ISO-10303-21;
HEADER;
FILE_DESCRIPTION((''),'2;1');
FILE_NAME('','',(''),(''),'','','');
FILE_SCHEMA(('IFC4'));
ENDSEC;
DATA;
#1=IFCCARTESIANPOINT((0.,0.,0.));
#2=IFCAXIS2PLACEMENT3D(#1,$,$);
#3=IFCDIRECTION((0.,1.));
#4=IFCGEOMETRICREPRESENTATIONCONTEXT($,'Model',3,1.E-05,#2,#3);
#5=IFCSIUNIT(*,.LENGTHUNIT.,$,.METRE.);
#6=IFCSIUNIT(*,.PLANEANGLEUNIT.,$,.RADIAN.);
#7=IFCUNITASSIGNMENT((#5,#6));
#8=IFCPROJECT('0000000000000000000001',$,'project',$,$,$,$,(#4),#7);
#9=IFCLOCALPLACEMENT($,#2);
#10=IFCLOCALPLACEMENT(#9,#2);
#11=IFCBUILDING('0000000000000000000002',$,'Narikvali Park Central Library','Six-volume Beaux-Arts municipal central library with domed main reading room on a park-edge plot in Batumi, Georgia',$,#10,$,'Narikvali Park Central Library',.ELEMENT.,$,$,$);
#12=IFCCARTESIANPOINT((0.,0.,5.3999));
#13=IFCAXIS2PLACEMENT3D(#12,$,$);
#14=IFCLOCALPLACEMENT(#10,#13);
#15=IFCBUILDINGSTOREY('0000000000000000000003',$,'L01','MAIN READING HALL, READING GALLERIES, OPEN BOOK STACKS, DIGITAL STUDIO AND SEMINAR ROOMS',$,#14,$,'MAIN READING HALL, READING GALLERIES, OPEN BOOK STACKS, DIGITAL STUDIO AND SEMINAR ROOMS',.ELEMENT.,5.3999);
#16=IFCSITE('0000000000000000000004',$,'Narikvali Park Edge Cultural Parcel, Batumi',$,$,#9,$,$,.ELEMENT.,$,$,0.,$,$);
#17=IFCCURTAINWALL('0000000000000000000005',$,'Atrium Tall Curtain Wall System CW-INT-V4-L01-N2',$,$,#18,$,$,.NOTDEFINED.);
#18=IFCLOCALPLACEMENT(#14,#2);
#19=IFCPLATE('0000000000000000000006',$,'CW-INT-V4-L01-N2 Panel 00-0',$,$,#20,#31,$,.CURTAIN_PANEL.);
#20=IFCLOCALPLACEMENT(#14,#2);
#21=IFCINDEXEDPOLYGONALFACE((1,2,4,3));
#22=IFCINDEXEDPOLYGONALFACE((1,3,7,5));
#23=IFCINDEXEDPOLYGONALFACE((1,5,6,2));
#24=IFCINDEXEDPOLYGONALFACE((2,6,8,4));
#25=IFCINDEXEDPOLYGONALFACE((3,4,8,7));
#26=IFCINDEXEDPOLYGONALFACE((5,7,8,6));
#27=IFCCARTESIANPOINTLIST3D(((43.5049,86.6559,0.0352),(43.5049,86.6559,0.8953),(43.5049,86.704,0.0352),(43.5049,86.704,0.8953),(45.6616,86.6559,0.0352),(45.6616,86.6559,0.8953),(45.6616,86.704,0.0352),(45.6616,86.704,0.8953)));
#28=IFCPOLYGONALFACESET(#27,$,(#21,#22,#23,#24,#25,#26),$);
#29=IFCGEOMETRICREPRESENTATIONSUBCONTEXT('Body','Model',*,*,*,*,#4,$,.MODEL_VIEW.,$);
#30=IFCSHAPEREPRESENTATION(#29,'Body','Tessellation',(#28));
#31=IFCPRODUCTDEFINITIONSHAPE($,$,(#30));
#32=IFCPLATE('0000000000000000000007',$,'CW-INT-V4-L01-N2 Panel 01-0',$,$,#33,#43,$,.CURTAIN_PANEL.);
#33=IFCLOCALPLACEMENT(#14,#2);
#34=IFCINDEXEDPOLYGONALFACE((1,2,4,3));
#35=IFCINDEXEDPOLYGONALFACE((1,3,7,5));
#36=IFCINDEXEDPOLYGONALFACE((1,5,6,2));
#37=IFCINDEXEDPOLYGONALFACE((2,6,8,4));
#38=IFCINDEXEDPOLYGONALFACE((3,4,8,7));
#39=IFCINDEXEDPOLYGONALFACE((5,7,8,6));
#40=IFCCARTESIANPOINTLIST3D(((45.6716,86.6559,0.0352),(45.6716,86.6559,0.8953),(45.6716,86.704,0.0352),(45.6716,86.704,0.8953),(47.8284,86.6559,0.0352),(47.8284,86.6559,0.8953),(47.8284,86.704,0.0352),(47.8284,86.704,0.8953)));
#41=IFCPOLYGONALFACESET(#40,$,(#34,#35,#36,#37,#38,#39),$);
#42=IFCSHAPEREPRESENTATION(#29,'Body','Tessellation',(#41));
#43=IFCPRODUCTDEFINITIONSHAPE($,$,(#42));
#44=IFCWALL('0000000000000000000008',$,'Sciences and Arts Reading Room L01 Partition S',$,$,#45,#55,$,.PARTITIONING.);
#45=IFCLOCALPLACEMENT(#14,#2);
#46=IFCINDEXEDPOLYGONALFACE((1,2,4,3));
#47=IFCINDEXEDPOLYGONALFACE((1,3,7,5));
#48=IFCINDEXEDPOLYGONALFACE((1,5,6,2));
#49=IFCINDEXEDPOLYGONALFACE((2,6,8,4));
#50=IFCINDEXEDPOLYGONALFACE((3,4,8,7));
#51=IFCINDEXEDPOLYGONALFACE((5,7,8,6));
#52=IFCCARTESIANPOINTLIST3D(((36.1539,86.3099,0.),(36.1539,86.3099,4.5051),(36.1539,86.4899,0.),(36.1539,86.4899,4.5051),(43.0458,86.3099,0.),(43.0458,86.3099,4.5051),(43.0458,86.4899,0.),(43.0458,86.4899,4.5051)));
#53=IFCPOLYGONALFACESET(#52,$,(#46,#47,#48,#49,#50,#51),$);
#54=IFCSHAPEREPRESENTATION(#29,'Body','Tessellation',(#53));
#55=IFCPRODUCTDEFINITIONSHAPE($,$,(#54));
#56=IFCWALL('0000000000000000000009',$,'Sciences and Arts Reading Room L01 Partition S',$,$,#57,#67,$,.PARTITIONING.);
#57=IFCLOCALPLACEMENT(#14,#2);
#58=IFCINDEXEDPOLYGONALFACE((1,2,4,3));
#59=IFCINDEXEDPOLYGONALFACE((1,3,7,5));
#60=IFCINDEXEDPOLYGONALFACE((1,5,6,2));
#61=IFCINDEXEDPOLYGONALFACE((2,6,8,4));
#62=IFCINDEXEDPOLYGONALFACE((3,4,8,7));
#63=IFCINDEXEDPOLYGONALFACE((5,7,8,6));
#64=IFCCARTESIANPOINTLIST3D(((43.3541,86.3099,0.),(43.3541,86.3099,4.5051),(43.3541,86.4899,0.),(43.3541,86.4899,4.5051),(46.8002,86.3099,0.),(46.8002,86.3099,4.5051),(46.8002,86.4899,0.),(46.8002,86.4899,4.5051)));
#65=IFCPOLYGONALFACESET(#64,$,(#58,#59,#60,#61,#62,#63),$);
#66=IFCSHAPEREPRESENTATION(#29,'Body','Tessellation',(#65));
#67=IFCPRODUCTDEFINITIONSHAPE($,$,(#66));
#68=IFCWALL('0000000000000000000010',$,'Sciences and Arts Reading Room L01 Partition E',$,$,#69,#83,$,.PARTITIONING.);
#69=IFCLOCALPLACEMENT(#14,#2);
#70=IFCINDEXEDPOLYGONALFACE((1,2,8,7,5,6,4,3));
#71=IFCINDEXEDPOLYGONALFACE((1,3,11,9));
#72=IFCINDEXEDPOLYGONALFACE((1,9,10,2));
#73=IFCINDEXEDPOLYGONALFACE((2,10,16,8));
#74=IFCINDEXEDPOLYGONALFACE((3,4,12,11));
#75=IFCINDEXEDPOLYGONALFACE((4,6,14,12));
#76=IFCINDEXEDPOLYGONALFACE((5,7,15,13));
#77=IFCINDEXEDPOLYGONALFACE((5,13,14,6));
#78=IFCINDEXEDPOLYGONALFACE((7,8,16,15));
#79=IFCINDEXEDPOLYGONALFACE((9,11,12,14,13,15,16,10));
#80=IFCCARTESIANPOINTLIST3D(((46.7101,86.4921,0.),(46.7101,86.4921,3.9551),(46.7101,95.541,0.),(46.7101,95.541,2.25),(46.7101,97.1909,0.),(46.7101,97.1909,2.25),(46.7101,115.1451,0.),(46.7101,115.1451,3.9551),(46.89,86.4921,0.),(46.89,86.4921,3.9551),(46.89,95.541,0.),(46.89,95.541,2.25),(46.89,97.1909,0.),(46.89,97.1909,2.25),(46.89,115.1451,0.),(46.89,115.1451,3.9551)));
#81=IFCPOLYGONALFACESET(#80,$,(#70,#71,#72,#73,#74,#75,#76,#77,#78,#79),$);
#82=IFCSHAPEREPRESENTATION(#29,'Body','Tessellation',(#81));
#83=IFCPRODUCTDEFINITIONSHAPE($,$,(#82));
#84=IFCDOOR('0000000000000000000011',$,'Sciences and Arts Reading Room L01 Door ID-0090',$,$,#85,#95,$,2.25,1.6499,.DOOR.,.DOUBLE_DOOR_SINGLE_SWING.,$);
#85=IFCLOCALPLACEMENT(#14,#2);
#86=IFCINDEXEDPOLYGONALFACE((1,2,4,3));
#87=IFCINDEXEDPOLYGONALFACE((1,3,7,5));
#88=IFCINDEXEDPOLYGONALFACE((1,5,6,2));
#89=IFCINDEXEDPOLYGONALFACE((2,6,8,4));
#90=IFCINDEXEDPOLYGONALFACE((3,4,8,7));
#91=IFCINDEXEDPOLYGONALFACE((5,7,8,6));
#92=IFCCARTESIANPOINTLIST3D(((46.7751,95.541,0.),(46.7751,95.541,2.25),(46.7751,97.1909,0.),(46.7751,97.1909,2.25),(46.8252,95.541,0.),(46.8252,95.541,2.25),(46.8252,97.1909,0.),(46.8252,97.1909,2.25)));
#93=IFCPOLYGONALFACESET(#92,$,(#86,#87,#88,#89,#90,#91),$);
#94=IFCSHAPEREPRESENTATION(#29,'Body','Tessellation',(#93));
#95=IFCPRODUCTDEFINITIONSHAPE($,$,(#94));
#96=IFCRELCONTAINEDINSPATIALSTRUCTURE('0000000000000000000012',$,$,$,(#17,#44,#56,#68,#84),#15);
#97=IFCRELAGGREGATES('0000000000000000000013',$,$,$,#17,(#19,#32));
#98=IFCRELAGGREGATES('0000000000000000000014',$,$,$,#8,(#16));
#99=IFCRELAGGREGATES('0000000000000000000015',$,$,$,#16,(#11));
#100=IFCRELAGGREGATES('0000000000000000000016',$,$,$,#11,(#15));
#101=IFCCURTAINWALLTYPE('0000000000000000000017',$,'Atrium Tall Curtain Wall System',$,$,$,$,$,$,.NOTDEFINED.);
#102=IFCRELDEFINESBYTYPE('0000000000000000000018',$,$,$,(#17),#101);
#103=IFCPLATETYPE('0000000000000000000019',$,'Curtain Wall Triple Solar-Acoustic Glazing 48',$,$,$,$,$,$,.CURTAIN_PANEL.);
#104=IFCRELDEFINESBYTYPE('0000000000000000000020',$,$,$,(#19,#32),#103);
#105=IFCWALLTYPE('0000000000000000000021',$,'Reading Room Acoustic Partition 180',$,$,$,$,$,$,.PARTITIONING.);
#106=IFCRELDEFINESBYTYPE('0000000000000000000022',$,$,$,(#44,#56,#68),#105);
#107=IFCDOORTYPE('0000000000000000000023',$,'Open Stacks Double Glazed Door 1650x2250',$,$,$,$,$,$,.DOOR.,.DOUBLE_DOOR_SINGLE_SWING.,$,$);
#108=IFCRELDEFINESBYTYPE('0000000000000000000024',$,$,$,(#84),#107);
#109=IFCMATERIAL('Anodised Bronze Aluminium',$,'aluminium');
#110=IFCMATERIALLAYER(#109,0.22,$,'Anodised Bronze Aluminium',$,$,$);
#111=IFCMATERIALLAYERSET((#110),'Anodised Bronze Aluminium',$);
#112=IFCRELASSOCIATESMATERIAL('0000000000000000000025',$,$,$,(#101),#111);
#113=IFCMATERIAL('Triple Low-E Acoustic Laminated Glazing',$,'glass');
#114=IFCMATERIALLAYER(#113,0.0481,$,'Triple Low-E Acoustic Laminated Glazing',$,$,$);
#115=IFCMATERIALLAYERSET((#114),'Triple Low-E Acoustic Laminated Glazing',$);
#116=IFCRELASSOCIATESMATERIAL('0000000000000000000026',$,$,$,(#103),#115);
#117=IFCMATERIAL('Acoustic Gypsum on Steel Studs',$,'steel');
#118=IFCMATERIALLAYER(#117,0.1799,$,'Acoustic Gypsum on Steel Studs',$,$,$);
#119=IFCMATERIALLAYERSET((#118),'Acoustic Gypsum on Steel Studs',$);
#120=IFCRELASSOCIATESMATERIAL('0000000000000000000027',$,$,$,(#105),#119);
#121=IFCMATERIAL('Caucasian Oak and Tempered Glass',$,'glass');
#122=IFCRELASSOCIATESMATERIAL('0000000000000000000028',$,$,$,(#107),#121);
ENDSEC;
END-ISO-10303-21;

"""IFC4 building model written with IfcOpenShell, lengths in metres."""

from ifc_helpers import new_model, si_unit, direction, frame, frame_2d, origin, origin_2d, place, context, subcontext, project, spatial, rectangle, extrude, material, layer, layer_set, type_object, element, fill, aggregate, save


model = new_model("IFC4")

# Units and contexts
model_context = context("Model", 3, precision=1e-05, world=origin(), true_north=direction((0.0, 1.0)))
body_context = subcontext(model_context, "Body", "Model", "MODEL_VIEW")
ifc_project = project(units=[si_unit("LENGTHUNIT", "METRE"), si_unit("PLANEANGLEUNIT", "RADIAN")], contexts=[model_context])

# Site, building, storey
site_placement = place(None, origin())
site = spatial("IfcSite", under=ifc_project, at=site_placement, Name="Narikvali Park Edge Cultural Parcel, Batumi", CompositionType="ELEMENT", RefElevation=0.0)
building_placement = place(site_placement, origin())
building = spatial("IfcBuilding", under=site, at=building_placement, Name="Narikvali Park Central Library", Description="Six-volume Beaux-Arts municipal central library with domed main reading room on a park-edge plot in Batumi, Georgia", LongName="Narikvali Park Central Library", CompositionType="ELEMENT")
storey_placement = place(building_placement, frame((0.0, 0.0, 5.3999)))
storey = spatial("IfcBuildingStorey", under=building, at=storey_placement, Name="L01", Description="MAIN READING HALL, READING GALLERIES, OPEN BOOK STACKS, DIGITAL STUDIO AND SEMINAR ROOMS", LongName="MAIN READING HALL, READING GALLERIES, OPEN BOOK STACKS, DIGITAL STUDIO AND SEMINAR ROOMS", CompositionType="ELEMENT", Elevation=5.3999)

# Curtain wall
ifc_material_1 = material(Name="Anodised Bronze Aluminium", Category="aluminium")
ifc_layer_1 = layer(ifc_material_1, 0.22, Name="Anodised Bronze Aluminium")
ifc_layer_set_1 = layer_set([ifc_layer_1], Name="Anodised Bronze Aluminium")
curtain_wall_type = type_object("IfcCurtainWallType", Name="Atrium Tall Curtain Wall System", PredefinedType="NOTDEFINED", material=ifc_layer_set_1)
curtain_wall_1_placement = place(storey_placement, origin())
curtain_wall_1 = element("IfcCurtainWall", 1, at=curtain_wall_1_placement, inside=storey, type_object=curtain_wall_type, Name="Atrium Tall Curtain Wall System CW-INT-V4-L01-N2", PredefinedType="NOTDEFINED")

# Plates
ifc_material_2 = material(Name="Triple Low-E Acoustic Laminated Glazing", Category="glass")
ifc_layer_2 = layer(ifc_material_2, 0.0481, Name="Triple Low-E Acoustic Laminated Glazing")
ifc_layer_set_2 = layer_set([ifc_layer_2], Name="Triple Low-E Acoustic Laminated Glazing")
plate_type_1 = type_object("IfcPlateType", Name="Curtain Wall Triple Solar-Acoustic Glazing 48", PredefinedType="CURTAIN_PANEL", material=ifc_layer_set_2)
plate_1_placement = place(storey_placement, frame((44.5833, 86.6799, 0.0352), z_axis=(0.0, 0.0, 1.0), x_axis=(1.0, 0.0, 0.0)))
plate_1 = element("IfcPlate", 2, at=plate_1_placement, type_object=plate_type_1, Name="CW-INT-V4-L01-N2 Panel 00-0", PredefinedType="CURTAIN_PANEL", context=body_context, shape_type="SweptSolid", body=[
    extrude(rectangle(XDim=2.1567, YDim=0.0481, at=origin_2d()), origin(), (0.0, 0.0, 1.0), 0.8601),
])
plate_2_placement = place(storey_placement, frame((46.75, 86.6799, 0.0352), z_axis=(0.0, 0.0, 1.0), x_axis=(1.0, 0.0, 0.0)))
plate_2 = element("IfcPlate", 3, at=plate_2_placement, type_object=plate_type_1, Name="CW-INT-V4-L01-N2 Panel 01-0", PredefinedType="CURTAIN_PANEL", context=body_context, shape_type="SweptSolid", body=[
    extrude(rectangle(XDim=2.1567, YDim=0.0481, at=origin_2d()), origin(), (0.0, 0.0, 1.0), 0.8601),
])
aggregate(curtain_wall_1, [plate_1, plate_2])

# Walls
ifc_material_3 = material(Name="Acoustic Gypsum on Steel Studs", Category="steel")
ifc_layer_3 = layer(ifc_material_3, 0.1799, Name="Acoustic Gypsum on Steel Studs")
ifc_layer_set_3 = layer_set([ifc_layer_3], Name="Acoustic Gypsum on Steel Studs")
wall_type = type_object("IfcWallType", Name="Reading Room Acoustic Partition 180", PredefinedType="PARTITIONING", material=ifc_layer_set_3)
wall_1_placement = place(storey_placement, frame((36.1541, 86.3999, 0.0), z_axis=(0.0, 0.0, 1.0), x_axis=(1.0, 0.0, 0.0)))
element("IfcWall", 4, at=wall_1_placement, inside=storey, type_object=wall_type, Name="Sciences and Arts Reading Room L01 Partition S", PredefinedType="PARTITIONING", context=body_context, shape_type="SweptSolid", body=[
    extrude(rectangle(XDim=6.8918, YDim=0.1799, at=frame_2d((3.4458, 0.0))), origin(), (0.0, 0.0, 1.0), 4.5051),
])
wall_2_placement = place(storey_placement, frame((43.354, 86.3999, 0.0), z_axis=(0.0, 0.0, 1.0), x_axis=(1.0, 0.0, 0.0)))
element("IfcWall", 5, at=wall_2_placement, inside=storey, type_object=wall_type, Name="Sciences and Arts Reading Room L01 Partition S", PredefinedType="PARTITIONING", context=body_context, shape_type="SweptSolid", body=[
    extrude(rectangle(XDim=3.446, YDim=0.1799, at=frame_2d((1.7231, 0.0))), origin(), (0.0, 0.0, 1.0), 4.5051),
])

# Wall, opening, door
wall_3_placement = place(storey_placement, frame((46.8, 86.4919, 0.0), z_axis=(0.0, 0.0, 1.0), x_axis=(0.0, 1.0, 0.0)))
wall_3 = element("IfcWall", 6, at=wall_3_placement, inside=storey, type_object=wall_type, Name="Sciences and Arts Reading Room L01 Partition E", PredefinedType="PARTITIONING", context=body_context, shape_type="SweptSolid", body=[
    extrude(rectangle(XDim=28.6531, YDim=0.1799, at=frame_2d((14.3267, 0.0))), origin(), (0.0, 0.0, 1.0), 3.9551),
])
opening_placement = place(wall_3_placement, frame((9.0491, 0.0, 0.0)))
opening = element("IfcOpeningElement", 7, at=opening_placement, cuts=wall_3, PredefinedType="OPENING", context=body_context, shape_type="SweptSolid", body=[
    extrude(rectangle(XDim=1.6499, YDim=2.25, at=frame_2d((0.825, 1.125))), frame((0.0, 0.1021, 0.0), z_axis=(0.0, -1.0, 0.0), x_axis=(1.0, 0.0, 0.0)), (0.0, 0.0, 1.0), 0.2039),
])
ifc_material_4 = material(Name="Caucasian Oak and Tempered Glass", Category="glass")
door_type = type_object("IfcDoorType", Name="Open Stacks Double Glazed Door 1650x2250", OperationType="DOUBLE_DOOR_SINGLE_SWING", PredefinedType="DOOR", material=ifc_material_4)
door_placement = place(opening_placement, origin())
door = element("IfcDoor", 8, at=door_placement, inside=storey, type_object=door_type, Name="Sciences and Arts Reading Room L01 Door ID-0090", OperationType="DOUBLE_DOOR_SINGLE_SWING", OverallHeight=2.25, OverallWidth=1.6499, PredefinedType="DOOR", context=body_context, shape_type="SweptSolid", body=[
    extrude(rectangle(XDim=1.6499, YDim=2.25, at=frame_2d((0.825, 1.125))), frame((0.0, 0.0249, 0.0), z_axis=(0.0, -1.0, 0.0), x_axis=(1.0, 0.0, 0.0)), (0.0, 0.0, 1.0), 0.05),
])
fill(opening, door)

save(model, "model.ifc")
